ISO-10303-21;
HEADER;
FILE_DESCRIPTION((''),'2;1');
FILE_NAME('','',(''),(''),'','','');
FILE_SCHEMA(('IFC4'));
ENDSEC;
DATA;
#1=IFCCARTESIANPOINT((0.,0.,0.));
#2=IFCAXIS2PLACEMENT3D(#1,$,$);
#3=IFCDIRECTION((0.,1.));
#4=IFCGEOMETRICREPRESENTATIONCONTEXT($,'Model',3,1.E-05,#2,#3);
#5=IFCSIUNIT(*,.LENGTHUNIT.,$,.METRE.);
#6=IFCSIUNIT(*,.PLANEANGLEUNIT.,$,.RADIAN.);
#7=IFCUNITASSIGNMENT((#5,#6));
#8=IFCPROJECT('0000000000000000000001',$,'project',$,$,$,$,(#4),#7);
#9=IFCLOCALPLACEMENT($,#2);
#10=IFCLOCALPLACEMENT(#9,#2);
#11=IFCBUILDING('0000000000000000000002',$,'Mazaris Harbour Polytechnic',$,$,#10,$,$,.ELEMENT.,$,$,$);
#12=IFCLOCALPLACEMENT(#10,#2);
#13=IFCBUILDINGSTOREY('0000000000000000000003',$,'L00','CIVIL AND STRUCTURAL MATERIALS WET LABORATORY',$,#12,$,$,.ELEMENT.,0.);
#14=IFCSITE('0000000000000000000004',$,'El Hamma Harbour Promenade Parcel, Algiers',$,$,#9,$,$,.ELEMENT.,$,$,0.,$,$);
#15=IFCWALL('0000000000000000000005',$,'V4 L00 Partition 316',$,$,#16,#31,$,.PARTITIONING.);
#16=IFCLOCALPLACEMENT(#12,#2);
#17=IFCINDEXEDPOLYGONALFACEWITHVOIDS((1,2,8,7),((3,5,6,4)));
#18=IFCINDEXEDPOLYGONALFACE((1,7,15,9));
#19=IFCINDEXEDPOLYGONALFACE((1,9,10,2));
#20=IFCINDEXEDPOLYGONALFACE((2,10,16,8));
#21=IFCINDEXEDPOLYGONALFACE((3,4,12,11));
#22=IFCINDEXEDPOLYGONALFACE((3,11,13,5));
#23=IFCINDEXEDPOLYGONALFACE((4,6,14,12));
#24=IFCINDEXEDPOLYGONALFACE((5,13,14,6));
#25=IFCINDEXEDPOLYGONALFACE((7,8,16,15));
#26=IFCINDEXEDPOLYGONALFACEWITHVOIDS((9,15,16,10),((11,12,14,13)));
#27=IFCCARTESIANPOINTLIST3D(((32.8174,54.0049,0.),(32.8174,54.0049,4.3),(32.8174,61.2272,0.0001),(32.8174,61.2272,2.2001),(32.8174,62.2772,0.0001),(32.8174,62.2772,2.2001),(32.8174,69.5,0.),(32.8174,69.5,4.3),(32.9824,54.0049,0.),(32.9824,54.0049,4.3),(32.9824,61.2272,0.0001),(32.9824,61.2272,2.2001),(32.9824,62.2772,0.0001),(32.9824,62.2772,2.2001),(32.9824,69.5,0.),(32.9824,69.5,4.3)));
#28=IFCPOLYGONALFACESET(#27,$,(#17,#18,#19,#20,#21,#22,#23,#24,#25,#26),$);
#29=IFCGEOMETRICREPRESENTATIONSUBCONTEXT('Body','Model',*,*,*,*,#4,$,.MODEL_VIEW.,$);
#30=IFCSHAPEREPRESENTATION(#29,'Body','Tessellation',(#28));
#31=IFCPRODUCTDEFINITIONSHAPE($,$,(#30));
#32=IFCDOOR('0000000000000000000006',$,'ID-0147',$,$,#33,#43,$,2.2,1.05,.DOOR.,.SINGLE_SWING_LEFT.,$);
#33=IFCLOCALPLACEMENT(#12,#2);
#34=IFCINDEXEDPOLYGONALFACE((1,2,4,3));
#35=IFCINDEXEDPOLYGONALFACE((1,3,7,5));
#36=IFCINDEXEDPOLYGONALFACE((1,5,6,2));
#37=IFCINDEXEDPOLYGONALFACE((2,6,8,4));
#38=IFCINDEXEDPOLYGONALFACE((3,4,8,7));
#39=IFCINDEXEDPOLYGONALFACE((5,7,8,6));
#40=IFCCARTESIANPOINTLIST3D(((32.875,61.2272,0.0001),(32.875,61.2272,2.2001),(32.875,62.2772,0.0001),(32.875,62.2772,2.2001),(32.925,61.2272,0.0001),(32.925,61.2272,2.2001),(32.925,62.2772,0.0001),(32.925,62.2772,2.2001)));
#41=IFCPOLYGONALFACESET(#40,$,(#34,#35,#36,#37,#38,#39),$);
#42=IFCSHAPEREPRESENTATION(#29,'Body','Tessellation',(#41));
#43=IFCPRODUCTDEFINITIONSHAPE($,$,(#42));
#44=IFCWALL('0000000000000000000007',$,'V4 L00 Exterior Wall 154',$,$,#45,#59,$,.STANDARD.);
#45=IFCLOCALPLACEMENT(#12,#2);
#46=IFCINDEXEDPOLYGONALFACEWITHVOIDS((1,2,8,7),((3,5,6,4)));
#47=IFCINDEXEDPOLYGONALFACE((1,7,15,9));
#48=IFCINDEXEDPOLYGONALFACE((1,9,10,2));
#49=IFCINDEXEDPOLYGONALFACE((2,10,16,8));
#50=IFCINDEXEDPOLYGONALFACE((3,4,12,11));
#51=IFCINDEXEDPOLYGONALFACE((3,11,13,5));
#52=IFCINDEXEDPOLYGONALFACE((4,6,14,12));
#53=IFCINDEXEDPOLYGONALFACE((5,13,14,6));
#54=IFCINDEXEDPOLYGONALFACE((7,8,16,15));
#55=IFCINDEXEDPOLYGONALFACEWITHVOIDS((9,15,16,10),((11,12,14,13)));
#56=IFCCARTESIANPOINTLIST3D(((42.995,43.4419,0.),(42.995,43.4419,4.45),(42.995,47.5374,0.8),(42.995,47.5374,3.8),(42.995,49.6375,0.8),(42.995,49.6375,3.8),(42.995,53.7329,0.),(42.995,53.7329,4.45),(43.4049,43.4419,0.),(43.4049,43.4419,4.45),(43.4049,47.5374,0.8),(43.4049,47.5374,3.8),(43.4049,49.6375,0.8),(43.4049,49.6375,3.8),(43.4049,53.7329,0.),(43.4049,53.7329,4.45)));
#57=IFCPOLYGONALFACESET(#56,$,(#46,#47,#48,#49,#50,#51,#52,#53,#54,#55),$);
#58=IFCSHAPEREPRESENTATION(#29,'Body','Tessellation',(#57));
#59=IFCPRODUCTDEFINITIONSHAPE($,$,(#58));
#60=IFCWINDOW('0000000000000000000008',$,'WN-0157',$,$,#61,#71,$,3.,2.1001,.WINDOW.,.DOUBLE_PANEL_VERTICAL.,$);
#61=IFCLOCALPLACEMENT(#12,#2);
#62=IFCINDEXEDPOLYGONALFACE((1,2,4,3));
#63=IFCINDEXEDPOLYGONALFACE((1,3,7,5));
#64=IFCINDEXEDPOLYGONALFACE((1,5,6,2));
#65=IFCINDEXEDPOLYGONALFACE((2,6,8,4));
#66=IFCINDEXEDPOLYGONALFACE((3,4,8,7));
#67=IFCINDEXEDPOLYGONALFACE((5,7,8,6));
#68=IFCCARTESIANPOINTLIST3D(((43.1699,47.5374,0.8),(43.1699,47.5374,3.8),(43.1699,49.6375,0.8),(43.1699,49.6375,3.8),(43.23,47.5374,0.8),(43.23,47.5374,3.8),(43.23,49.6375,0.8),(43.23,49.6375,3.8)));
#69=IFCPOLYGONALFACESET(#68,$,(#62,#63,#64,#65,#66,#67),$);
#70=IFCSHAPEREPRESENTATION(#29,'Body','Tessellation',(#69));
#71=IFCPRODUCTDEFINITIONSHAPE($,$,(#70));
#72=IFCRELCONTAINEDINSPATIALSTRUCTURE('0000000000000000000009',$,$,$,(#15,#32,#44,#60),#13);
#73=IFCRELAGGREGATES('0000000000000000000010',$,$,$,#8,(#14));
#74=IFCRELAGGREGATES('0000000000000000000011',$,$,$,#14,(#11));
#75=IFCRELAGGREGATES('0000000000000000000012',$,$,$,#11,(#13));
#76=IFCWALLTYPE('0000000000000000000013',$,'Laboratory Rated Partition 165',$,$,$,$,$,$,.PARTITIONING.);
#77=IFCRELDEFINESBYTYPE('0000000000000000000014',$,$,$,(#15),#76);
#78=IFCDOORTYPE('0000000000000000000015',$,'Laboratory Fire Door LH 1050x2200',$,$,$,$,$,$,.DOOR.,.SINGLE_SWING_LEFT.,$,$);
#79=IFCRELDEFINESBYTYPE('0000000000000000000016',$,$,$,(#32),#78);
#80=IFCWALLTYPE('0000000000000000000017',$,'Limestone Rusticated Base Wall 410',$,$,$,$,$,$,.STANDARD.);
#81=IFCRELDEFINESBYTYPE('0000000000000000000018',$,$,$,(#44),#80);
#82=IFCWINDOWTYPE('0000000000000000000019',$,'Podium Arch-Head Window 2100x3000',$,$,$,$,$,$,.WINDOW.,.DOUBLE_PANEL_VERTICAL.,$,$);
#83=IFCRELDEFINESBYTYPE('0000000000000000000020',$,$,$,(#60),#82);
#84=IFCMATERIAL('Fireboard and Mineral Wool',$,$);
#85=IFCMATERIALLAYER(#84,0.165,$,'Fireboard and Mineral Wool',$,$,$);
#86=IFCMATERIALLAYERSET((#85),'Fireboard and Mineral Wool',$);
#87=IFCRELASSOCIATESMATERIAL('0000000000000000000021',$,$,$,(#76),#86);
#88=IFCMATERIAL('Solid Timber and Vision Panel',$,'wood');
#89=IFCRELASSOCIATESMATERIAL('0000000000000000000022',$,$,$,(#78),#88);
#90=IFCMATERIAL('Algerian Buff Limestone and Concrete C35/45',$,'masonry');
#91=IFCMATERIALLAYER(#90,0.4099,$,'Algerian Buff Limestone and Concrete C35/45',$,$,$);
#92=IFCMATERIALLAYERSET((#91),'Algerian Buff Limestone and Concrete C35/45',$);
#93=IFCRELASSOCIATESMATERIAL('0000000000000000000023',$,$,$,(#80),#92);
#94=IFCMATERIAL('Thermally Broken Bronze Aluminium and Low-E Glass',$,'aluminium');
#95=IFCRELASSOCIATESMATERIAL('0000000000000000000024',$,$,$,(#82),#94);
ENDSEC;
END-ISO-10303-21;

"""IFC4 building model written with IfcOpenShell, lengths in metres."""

from ifc_helpers import new_model, si_unit, direction, frame, frame_2d, origin, place, context, subcontext, project, spatial, rectangle, extrude, material, layer, layer_set, type_object, element, fill, save


model = new_model("IFC4")

# Units and contexts
model_context = context("Model", 3, precision=1e-05, world=origin(), true_north=direction((0.0, 1.0)))
body_context = subcontext(model_context, "Body", "Model", "MODEL_VIEW")
ifc_project = project(units=[si_unit("LENGTHUNIT", "METRE"), si_unit("PLANEANGLEUNIT", "RADIAN")], contexts=[model_context])

# Site, building, storey
site_placement = place(None, origin())
site = spatial("IfcSite", under=ifc_project, at=site_placement, Name="El Hamma Harbour Promenade Parcel, Algiers", CompositionType="ELEMENT", RefElevation=0.0)
building_placement = place(site_placement, origin())
building = spatial("IfcBuilding", under=site, at=building_placement, Name="Mazaris Harbour Polytechnic", CompositionType="ELEMENT")
storey_placement = place(building_placement, origin())
storey = spatial("IfcBuildingStorey", under=building, at=storey_placement, Name="L00", Description="CIVIL AND STRUCTURAL MATERIALS WET LABORATORY", CompositionType="ELEMENT", Elevation=0.0)

# Wall, opening, door
ifc_material_1 = material(Name="Fireboard and Mineral Wool")
ifc_layer_1 = layer(ifc_material_1, 0.165, Name="Fireboard and Mineral Wool")
ifc_layer_set_1 = layer_set([ifc_layer_1], Name="Fireboard and Mineral Wool")
wall_type_1 = type_object("IfcWallType", Name="Laboratory Rated Partition 165", PredefinedType="PARTITIONING", material=ifc_layer_set_1)
wall_1_placement = place(storey_placement, frame((32.8999, 54.0049, 0.0), z_axis=(0.0, 0.0, 1.0), x_axis=(0.0, 1.0, 0.0)))
wall_1 = element("IfcWall", 1, at=wall_1_placement, inside=storey, type_object=wall_type_1, Name="V4 L00 Partition 316", PredefinedType="PARTITIONING", context=body_context, shape_type="SweptSolid", body=[
    extrude(rectangle(XDim=15.4951, YDim=0.165, at=frame_2d((7.7476, 0.0))), origin(), (0.0, 0.0, 1.0), 4.3),
])
opening_1_placement = place(wall_1_placement, frame((7.2224, 0.0, 0.0)))
opening_1 = element("IfcOpeningElement", 2, at=opening_1_placement, cuts=wall_1, PredefinedType="OPENING", context=body_context, shape_type="SweptSolid", body=[
    extrude(rectangle(XDim=1.05, YDim=2.2, at=frame_2d((0.5249, 1.1001))), frame((0.0, 0.0925, 0.0), z_axis=(0.0, -1.0, 0.0), x_axis=(1.0, 0.0, 0.0)), (0.0, 0.0, 1.0), 0.1851),
])
ifc_material_2 = material(Name="Solid Timber and Vision Panel", Category="wood")
door_type = type_object("IfcDoorType", Name="Laboratory Fire Door LH 1050x2200", OperationType="SINGLE_SWING_LEFT", PredefinedType="DOOR", material=ifc_material_2)
door_placement = place(opening_1_placement, origin())
door = element("IfcDoor", 3, at=door_placement, inside=storey, type_object=door_type, Name="ID-0147", OperationType="SINGLE_SWING_LEFT", OverallHeight=2.2, OverallWidth=1.05, PredefinedType="DOOR", context=body_context, shape_type="SweptSolid", body=[
    extrude(rectangle(XDim=1.05, YDim=2.2, at=frame_2d((0.5249, 1.1001))), frame((0.0, 0.0249, 0.0), z_axis=(0.0, -1.0, 0.0), x_axis=(1.0, 0.0, 0.0)), (0.0, 0.0, 1.0), 0.05),
])
fill(opening_1, door)

# Wall, opening, window
ifc_material_3 = material(Name="Algerian Buff Limestone and Concrete C35/45", Category="masonry")
ifc_layer_2 = layer(ifc_material_3, 0.4099, Name="Algerian Buff Limestone and Concrete C35/45")
ifc_layer_set_2 = layer_set([ifc_layer_2], Name="Algerian Buff Limestone and Concrete C35/45")
wall_type_2 = type_object("IfcWallType", Name="Limestone Rusticated Base Wall 410", PredefinedType="STANDARD", material=ifc_layer_set_2)
wall_2_placement = place(storey_placement, frame((43.2, 53.7329, 0.0), z_axis=(0.0, 0.0, 1.0), x_axis=(0.0, -1.0, 0.0)))
wall_2 = element("IfcWall", 4, at=wall_2_placement, inside=storey, type_object=wall_type_2, Name="V4 L00 Exterior Wall 154", PredefinedType="STANDARD", context=body_context, shape_type="SweptSolid", body=[
    extrude(rectangle(XDim=10.291, YDim=0.4099, at=frame_2d((5.1455, 0.0))), origin(), (0.0, 0.0, 1.0), 4.45),
])
opening_2_placement = place(wall_2_placement, frame((4.0955, 0.0, 0.8)))
opening_2 = element("IfcOpeningElement", 5, at=opening_2_placement, cuts=wall_2, PredefinedType="OPENING", context=body_context, shape_type="SweptSolid", body=[
    extrude(rectangle(XDim=2.1001, YDim=3.0, at=frame_2d((1.05, 1.5))), frame((0.0, 0.2148, 0.0), z_axis=(0.0, -1.0, 0.0), x_axis=(1.0, 0.0, 0.0)), (0.0, 0.0, 1.0), 0.4299),
])
ifc_material_4 = material(Name="Thermally Broken Bronze Aluminium and Low-E Glass", Category="aluminium")
window_type = type_object("IfcWindowType", Name="Podium Arch-Head Window 2100x3000", PartitioningType="DOUBLE_PANEL_VERTICAL", PredefinedType="WINDOW", material=ifc_material_4)
window_placement = place(opening_2_placement, origin())
window = element("IfcWindow", 6, at=window_placement, inside=storey, type_object=window_type, Name="WN-0157", OverallHeight=3.0, OverallWidth=2.1001, PartitioningType="DOUBLE_PANEL_VERTICAL", PredefinedType="WINDOW", context=body_context, shape_type="SweptSolid", body=[
    extrude(rectangle(XDim=2.1001, YDim=3.0, at=frame_2d((1.05, 1.5))), frame((0.0, 0.03, 0.0), z_axis=(0.0, -1.0, 0.0), x_axis=(1.0, 0.0, 0.0)), (0.0, 0.0, 1.0), 0.0601),
])
fill(opening_2, window)

save(model, "model.ifc")
